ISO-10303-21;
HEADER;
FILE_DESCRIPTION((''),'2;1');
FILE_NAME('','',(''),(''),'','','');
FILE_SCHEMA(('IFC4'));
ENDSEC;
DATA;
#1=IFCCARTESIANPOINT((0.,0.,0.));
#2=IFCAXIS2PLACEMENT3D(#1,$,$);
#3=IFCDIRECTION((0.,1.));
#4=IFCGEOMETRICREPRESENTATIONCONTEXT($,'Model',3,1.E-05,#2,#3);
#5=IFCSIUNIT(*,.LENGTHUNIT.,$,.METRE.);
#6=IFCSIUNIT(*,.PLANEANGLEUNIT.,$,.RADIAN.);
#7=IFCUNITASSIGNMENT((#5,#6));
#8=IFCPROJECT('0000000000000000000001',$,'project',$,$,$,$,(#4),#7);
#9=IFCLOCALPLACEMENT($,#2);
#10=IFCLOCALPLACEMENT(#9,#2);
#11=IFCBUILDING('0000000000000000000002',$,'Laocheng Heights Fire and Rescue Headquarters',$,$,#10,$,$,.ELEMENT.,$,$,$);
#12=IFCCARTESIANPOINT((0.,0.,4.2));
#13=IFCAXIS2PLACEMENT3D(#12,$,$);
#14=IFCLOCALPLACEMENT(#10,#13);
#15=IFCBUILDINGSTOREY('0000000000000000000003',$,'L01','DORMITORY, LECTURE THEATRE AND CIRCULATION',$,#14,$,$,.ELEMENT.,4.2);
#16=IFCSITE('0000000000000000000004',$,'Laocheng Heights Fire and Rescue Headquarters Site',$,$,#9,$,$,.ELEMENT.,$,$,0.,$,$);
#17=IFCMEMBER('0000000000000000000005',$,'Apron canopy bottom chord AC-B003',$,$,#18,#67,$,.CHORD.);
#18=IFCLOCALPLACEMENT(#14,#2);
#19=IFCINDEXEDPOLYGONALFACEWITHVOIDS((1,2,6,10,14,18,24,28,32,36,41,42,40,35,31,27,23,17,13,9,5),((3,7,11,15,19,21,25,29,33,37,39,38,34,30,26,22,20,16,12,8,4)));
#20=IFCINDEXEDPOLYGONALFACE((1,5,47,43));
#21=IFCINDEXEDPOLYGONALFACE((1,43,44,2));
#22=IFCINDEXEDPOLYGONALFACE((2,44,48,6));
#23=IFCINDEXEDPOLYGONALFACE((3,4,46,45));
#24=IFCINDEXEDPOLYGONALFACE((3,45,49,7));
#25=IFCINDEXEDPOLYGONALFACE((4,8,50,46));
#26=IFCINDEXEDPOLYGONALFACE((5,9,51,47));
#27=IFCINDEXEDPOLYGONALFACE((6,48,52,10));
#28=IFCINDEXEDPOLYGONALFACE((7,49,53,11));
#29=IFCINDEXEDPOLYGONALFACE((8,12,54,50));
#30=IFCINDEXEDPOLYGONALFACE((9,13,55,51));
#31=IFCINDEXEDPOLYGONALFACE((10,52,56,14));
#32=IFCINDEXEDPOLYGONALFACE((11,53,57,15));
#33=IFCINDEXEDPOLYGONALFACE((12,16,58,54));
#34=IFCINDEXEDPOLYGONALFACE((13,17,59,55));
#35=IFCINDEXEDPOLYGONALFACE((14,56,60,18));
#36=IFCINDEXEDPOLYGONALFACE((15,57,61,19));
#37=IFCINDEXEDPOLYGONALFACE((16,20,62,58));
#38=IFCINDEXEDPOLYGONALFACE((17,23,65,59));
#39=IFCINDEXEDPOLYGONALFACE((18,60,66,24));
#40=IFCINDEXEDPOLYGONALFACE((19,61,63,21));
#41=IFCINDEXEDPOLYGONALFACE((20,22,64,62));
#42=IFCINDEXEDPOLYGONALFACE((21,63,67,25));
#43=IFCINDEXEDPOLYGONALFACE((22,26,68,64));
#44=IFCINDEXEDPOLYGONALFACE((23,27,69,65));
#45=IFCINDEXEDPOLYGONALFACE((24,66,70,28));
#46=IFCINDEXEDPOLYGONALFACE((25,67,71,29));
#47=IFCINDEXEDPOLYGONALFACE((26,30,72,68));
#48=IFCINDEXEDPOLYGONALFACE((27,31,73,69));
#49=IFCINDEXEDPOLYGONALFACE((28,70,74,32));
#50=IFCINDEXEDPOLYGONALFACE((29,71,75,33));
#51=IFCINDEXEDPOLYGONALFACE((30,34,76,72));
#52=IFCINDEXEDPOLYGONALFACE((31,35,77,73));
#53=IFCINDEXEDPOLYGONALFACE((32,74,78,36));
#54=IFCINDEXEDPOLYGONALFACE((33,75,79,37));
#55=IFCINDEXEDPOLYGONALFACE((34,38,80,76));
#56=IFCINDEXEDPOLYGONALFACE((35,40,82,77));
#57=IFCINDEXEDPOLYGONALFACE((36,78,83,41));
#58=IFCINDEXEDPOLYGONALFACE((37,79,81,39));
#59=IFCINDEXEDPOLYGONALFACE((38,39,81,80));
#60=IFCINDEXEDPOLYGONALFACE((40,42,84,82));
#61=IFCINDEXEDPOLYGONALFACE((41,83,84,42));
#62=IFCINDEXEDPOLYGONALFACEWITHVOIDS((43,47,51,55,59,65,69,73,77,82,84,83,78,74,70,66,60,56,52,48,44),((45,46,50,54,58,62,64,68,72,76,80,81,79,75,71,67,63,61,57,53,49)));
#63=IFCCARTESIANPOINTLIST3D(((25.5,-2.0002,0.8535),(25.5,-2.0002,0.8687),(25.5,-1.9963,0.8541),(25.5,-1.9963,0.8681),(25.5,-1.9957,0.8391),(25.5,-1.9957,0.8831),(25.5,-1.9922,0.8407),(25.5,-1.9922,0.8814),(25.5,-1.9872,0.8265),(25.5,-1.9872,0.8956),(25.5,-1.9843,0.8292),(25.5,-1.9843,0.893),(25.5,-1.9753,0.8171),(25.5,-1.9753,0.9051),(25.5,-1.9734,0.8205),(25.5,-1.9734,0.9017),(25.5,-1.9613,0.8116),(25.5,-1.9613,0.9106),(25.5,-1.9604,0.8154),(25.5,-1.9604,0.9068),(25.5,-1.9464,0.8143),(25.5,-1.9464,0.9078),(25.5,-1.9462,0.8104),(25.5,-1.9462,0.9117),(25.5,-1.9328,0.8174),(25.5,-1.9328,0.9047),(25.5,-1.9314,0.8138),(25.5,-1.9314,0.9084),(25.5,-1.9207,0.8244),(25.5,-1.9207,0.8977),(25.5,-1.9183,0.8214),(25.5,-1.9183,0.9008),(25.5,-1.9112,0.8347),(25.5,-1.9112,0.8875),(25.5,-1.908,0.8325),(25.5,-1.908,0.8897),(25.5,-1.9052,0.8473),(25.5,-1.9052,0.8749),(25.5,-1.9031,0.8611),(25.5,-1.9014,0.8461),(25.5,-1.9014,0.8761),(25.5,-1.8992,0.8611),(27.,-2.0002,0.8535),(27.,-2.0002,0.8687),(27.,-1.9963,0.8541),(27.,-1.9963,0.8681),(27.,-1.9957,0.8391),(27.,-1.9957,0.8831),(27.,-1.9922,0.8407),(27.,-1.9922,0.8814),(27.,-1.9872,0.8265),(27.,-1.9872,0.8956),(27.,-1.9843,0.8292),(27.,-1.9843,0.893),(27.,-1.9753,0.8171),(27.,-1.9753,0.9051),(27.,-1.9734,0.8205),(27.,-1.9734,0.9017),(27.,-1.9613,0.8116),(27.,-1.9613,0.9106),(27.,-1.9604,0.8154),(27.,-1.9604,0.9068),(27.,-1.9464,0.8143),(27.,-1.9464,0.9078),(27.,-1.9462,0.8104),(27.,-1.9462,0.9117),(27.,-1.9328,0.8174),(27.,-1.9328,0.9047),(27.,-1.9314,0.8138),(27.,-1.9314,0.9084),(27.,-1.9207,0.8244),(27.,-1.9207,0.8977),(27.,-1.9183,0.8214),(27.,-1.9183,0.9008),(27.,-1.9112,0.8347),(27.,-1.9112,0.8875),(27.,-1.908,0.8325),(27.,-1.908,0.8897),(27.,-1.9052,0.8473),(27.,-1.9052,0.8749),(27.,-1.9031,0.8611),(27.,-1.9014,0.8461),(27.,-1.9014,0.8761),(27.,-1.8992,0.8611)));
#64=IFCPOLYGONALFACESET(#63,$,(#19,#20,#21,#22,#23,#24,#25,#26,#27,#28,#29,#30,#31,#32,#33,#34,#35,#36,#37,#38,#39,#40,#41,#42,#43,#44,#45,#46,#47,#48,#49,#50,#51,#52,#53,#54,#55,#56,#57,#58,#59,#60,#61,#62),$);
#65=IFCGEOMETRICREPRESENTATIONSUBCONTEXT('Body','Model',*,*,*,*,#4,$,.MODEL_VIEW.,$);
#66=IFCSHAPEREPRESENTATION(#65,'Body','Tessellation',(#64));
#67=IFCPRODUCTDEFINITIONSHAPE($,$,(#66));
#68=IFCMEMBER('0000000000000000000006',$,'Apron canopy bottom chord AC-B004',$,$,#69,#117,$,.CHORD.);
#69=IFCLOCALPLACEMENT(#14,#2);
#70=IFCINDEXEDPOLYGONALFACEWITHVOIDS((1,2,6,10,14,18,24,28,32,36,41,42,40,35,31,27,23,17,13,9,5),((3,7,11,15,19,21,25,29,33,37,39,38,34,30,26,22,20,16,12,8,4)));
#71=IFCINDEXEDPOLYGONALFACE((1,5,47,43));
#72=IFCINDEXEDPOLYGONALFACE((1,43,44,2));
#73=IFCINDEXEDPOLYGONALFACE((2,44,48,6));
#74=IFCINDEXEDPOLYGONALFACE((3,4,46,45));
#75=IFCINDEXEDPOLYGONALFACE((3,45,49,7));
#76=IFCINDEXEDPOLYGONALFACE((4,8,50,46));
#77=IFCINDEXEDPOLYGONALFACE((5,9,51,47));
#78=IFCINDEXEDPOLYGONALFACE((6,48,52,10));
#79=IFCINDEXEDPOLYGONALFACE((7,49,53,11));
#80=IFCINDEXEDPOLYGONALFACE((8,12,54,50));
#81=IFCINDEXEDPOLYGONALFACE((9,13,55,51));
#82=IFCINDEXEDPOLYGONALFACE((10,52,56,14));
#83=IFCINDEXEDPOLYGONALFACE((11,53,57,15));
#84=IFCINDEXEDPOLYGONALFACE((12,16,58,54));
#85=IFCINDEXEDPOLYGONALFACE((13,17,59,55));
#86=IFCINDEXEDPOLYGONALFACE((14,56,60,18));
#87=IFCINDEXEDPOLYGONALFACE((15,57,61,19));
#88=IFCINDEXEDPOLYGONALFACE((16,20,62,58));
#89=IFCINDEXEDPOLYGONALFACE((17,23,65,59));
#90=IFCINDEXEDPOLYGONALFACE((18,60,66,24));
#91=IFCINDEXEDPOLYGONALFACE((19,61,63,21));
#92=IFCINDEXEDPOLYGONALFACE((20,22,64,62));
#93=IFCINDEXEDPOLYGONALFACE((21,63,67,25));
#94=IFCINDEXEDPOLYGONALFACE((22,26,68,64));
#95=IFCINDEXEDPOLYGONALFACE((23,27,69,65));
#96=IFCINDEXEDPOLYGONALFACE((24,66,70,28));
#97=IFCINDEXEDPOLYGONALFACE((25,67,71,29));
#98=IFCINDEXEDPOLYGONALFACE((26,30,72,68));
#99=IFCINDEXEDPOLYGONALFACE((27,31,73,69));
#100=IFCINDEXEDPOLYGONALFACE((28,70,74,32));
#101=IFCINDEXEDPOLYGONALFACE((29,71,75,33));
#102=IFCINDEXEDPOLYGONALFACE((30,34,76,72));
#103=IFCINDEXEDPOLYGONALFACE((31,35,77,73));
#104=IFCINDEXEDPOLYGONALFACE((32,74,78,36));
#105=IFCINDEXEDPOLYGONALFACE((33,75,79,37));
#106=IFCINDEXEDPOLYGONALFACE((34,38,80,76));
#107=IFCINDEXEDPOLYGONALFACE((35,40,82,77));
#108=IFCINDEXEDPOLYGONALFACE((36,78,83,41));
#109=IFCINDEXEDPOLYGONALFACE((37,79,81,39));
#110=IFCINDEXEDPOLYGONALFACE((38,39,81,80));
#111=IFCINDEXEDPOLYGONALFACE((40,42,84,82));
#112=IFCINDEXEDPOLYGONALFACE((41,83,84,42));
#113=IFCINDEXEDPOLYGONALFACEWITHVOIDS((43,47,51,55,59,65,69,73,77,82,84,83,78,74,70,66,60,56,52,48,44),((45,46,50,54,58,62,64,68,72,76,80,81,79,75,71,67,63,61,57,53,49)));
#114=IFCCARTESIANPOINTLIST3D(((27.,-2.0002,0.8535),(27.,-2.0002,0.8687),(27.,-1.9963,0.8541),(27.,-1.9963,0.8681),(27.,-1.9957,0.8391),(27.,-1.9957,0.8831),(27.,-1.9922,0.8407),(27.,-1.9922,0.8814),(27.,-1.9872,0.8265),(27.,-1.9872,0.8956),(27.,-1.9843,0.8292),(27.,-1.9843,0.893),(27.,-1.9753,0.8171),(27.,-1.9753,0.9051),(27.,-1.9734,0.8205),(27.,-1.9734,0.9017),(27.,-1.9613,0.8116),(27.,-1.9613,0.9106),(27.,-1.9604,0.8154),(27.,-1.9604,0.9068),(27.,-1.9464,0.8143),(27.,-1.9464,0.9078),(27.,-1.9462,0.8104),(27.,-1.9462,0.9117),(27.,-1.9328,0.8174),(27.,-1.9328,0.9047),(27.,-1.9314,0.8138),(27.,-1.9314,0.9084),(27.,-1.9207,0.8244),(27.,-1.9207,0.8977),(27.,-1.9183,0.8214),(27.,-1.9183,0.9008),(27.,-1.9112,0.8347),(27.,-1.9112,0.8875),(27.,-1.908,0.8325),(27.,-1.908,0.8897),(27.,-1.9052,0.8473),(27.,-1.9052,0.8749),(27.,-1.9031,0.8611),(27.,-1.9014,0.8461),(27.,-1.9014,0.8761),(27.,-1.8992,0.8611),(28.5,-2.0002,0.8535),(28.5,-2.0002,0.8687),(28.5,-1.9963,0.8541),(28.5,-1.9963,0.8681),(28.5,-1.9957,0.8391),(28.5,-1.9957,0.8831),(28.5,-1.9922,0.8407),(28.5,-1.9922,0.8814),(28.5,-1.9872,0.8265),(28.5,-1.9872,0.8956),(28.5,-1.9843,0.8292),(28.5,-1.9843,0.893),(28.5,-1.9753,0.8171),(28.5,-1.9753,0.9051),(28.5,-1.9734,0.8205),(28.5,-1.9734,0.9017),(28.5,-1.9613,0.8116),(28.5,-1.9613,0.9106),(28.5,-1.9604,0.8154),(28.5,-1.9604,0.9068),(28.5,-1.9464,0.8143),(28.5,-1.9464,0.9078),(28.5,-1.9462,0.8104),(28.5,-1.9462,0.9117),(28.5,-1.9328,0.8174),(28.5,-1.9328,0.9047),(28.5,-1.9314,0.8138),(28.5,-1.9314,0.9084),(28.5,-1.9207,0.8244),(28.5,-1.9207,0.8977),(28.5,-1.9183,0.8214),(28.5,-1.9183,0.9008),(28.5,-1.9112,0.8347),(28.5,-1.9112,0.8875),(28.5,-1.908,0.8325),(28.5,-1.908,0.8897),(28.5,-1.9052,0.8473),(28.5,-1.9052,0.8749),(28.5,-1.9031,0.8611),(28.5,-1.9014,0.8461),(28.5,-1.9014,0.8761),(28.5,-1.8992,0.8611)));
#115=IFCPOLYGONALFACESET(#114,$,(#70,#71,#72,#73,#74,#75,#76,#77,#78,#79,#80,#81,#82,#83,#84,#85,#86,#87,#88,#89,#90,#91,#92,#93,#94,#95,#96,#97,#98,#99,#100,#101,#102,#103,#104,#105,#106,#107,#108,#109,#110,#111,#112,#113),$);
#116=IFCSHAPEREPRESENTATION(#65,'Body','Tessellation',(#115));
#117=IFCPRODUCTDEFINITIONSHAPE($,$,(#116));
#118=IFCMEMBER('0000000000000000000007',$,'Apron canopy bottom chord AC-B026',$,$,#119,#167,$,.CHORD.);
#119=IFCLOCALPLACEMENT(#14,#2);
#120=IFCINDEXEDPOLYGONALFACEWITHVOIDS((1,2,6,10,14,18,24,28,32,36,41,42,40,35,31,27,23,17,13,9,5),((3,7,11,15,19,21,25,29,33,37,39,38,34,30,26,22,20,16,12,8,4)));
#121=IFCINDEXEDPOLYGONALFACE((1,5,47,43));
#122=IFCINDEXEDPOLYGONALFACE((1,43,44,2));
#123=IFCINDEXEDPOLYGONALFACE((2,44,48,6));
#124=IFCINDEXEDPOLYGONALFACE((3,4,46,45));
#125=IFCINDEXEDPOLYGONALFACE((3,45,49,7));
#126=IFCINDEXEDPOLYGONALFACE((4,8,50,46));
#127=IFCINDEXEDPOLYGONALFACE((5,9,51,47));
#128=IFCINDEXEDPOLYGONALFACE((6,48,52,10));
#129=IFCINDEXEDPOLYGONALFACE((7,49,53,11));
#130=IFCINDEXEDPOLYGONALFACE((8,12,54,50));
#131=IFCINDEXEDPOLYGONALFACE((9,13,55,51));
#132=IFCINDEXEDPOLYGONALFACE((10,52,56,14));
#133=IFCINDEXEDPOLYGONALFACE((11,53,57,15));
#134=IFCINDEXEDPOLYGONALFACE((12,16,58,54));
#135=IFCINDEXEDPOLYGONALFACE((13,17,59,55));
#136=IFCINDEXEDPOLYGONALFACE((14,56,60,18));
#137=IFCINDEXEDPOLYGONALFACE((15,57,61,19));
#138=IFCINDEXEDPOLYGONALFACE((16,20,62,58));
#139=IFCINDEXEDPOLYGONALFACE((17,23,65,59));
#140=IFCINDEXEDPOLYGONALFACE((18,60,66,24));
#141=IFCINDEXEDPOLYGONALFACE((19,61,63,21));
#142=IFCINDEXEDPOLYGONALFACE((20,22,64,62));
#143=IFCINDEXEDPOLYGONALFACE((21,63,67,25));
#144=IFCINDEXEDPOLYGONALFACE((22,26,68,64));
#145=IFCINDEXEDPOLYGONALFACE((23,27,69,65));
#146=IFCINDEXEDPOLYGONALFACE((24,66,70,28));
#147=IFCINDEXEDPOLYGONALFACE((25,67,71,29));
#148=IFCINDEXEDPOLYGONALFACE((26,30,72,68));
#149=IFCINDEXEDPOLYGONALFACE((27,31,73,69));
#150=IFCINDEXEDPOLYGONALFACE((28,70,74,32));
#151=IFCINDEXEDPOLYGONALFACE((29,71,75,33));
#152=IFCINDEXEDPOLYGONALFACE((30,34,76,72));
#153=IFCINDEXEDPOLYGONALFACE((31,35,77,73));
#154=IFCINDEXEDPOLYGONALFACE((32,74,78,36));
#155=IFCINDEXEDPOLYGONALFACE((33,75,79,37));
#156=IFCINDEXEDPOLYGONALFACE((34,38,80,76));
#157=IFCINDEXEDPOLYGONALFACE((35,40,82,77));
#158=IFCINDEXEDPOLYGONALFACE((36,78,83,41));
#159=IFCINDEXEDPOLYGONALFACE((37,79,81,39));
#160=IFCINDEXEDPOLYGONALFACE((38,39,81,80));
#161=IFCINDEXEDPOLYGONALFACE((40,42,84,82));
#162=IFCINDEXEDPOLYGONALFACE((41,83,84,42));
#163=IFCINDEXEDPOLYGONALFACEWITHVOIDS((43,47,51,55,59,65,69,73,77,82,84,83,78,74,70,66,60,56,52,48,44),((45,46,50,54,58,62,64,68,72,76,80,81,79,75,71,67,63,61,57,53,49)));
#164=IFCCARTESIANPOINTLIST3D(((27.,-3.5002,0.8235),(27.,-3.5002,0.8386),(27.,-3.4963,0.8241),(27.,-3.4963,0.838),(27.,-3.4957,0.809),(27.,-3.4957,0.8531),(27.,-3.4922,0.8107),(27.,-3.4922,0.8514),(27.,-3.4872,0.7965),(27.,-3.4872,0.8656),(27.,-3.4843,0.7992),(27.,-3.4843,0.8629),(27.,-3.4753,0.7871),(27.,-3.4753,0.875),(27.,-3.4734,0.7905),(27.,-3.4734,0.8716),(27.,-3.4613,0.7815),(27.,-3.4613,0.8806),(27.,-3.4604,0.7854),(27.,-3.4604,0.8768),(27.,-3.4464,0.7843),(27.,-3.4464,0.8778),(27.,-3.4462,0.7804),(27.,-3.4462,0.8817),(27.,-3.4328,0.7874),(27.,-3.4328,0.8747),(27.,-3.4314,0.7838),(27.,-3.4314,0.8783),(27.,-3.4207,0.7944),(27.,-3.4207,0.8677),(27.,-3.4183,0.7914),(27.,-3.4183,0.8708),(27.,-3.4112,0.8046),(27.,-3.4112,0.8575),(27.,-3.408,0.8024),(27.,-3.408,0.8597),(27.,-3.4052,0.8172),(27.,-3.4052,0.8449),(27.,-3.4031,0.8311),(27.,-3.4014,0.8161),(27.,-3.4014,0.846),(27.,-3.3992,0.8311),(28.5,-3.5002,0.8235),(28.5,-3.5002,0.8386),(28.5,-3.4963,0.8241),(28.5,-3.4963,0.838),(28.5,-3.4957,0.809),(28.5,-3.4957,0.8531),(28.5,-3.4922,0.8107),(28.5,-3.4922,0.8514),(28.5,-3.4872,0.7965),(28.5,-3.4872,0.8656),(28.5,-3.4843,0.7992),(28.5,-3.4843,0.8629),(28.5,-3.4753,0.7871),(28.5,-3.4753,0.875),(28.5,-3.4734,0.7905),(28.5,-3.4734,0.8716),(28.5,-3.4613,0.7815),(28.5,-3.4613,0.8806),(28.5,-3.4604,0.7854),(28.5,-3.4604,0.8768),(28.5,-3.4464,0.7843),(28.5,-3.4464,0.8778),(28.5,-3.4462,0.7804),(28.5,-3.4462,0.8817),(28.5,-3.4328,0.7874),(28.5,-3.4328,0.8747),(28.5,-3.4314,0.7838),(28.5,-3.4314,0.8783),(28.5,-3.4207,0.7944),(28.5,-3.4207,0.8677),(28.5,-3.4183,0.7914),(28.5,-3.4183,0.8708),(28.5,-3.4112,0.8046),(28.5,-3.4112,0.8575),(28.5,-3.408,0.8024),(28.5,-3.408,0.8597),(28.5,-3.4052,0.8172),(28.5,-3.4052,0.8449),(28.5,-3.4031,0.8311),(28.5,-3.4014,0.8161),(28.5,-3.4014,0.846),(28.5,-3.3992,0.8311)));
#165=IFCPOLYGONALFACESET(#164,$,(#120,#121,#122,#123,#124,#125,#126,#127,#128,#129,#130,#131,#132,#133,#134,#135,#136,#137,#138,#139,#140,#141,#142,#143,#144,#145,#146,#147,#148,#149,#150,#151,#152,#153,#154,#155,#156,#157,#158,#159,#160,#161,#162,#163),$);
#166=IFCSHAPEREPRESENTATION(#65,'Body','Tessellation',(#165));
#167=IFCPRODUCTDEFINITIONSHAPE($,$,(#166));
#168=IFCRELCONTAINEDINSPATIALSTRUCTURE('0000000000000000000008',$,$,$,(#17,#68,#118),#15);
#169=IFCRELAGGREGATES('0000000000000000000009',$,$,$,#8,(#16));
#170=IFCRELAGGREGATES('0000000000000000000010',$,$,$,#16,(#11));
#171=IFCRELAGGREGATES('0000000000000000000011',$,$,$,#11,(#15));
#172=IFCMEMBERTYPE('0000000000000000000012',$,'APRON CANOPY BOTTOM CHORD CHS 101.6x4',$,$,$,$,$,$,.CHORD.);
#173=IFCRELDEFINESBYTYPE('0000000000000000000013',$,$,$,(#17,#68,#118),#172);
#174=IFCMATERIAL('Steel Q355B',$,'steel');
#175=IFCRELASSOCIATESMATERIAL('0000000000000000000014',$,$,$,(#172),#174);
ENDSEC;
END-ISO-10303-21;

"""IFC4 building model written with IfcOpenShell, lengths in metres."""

from ifc_helpers import new_model, si_unit, direction, frame, origin, origin_2d, place, context, subcontext, project, spatial, hollow_circle, extrude, material, material_profile, profile_set, type_object, element, save


model = new_model("IFC4")

# Units and contexts
model_context = context("Model", 3, precision=1e-05, world=origin(), true_north=direction((0.0, 1.0)))
body_context = subcontext(model_context, "Body", "Model", "MODEL_VIEW")
ifc_project = project(units=[si_unit("LENGTHUNIT", "METRE"), si_unit("PLANEANGLEUNIT", "RADIAN")], contexts=[model_context])

# Site, building, storey
site_placement = place(None, origin())
site = spatial("IfcSite", under=ifc_project, at=site_placement, Name="Laocheng Heights Fire and Rescue Headquarters Site", CompositionType="ELEMENT", RefElevation=0.0)
building_placement = place(site_placement, origin())
building = spatial("IfcBuilding", under=site, at=building_placement, Name="Laocheng Heights Fire and Rescue Headquarters", CompositionType="ELEMENT")
storey_placement = place(building_placement, frame((0.0, 0.0, 4.2)))
storey = spatial("IfcBuildingStorey", under=building, at=storey_placement, Name="L01", Description="DORMITORY, LECTURE THEATRE AND CIRCULATION", CompositionType="ELEMENT", Elevation=4.2)

# Members
ifc_material_1 = material(Name="Steel Q355B", Category="steel")
ifc_material_profile_1 = material_profile(ifc_material_1, hollow_circle(Radius=0.0508, WallThickness=0.0039, at=origin_2d()), Name="CHS 101.6x4")
ifc_profile_set_1 = profile_set([ifc_material_profile_1], Name="Steel Q355B")
member_type_1 = type_object("IfcMemberType", Name="APRON CANOPY BOTTOM CHORD CHS 101.6x4", PredefinedType="CHORD", material=ifc_profile_set_1)
for number, where, z_axis, x_axis, name in (
    (1, (25.5, -1.95, 0.8611), (1.0, 0.0, 0.0), (0.0, 1.0, 0.0), "Apron canopy bottom chord AC-B003"),
    (2, (27.0, -1.95, 0.8611), (1.0, 0.0, 0.0), (0.0, 1.0, 0.0), "Apron canopy bottom chord AC-B004"),
    (3, (27.0, -3.45, 0.8311), (1.0, 0.0, 0.0), (0.0, 1.0, 0.0), "Apron canopy bottom chord AC-B026"),
):
    element("IfcMember", number, at=place(storey_placement, frame(where, z_axis=z_axis, x_axis=x_axis)), inside=storey, type_object=member_type_1, Name=name, PredefinedType="CHORD", context=body_context, shape_type="SweptSolid", body=[
        extrude(hollow_circle(Radius=0.0508, WallThickness=0.0039, at=origin_2d()), origin(), (0.0, 0.0, 1.0), 1.5),
    ])

save(model, "model.ifc")
